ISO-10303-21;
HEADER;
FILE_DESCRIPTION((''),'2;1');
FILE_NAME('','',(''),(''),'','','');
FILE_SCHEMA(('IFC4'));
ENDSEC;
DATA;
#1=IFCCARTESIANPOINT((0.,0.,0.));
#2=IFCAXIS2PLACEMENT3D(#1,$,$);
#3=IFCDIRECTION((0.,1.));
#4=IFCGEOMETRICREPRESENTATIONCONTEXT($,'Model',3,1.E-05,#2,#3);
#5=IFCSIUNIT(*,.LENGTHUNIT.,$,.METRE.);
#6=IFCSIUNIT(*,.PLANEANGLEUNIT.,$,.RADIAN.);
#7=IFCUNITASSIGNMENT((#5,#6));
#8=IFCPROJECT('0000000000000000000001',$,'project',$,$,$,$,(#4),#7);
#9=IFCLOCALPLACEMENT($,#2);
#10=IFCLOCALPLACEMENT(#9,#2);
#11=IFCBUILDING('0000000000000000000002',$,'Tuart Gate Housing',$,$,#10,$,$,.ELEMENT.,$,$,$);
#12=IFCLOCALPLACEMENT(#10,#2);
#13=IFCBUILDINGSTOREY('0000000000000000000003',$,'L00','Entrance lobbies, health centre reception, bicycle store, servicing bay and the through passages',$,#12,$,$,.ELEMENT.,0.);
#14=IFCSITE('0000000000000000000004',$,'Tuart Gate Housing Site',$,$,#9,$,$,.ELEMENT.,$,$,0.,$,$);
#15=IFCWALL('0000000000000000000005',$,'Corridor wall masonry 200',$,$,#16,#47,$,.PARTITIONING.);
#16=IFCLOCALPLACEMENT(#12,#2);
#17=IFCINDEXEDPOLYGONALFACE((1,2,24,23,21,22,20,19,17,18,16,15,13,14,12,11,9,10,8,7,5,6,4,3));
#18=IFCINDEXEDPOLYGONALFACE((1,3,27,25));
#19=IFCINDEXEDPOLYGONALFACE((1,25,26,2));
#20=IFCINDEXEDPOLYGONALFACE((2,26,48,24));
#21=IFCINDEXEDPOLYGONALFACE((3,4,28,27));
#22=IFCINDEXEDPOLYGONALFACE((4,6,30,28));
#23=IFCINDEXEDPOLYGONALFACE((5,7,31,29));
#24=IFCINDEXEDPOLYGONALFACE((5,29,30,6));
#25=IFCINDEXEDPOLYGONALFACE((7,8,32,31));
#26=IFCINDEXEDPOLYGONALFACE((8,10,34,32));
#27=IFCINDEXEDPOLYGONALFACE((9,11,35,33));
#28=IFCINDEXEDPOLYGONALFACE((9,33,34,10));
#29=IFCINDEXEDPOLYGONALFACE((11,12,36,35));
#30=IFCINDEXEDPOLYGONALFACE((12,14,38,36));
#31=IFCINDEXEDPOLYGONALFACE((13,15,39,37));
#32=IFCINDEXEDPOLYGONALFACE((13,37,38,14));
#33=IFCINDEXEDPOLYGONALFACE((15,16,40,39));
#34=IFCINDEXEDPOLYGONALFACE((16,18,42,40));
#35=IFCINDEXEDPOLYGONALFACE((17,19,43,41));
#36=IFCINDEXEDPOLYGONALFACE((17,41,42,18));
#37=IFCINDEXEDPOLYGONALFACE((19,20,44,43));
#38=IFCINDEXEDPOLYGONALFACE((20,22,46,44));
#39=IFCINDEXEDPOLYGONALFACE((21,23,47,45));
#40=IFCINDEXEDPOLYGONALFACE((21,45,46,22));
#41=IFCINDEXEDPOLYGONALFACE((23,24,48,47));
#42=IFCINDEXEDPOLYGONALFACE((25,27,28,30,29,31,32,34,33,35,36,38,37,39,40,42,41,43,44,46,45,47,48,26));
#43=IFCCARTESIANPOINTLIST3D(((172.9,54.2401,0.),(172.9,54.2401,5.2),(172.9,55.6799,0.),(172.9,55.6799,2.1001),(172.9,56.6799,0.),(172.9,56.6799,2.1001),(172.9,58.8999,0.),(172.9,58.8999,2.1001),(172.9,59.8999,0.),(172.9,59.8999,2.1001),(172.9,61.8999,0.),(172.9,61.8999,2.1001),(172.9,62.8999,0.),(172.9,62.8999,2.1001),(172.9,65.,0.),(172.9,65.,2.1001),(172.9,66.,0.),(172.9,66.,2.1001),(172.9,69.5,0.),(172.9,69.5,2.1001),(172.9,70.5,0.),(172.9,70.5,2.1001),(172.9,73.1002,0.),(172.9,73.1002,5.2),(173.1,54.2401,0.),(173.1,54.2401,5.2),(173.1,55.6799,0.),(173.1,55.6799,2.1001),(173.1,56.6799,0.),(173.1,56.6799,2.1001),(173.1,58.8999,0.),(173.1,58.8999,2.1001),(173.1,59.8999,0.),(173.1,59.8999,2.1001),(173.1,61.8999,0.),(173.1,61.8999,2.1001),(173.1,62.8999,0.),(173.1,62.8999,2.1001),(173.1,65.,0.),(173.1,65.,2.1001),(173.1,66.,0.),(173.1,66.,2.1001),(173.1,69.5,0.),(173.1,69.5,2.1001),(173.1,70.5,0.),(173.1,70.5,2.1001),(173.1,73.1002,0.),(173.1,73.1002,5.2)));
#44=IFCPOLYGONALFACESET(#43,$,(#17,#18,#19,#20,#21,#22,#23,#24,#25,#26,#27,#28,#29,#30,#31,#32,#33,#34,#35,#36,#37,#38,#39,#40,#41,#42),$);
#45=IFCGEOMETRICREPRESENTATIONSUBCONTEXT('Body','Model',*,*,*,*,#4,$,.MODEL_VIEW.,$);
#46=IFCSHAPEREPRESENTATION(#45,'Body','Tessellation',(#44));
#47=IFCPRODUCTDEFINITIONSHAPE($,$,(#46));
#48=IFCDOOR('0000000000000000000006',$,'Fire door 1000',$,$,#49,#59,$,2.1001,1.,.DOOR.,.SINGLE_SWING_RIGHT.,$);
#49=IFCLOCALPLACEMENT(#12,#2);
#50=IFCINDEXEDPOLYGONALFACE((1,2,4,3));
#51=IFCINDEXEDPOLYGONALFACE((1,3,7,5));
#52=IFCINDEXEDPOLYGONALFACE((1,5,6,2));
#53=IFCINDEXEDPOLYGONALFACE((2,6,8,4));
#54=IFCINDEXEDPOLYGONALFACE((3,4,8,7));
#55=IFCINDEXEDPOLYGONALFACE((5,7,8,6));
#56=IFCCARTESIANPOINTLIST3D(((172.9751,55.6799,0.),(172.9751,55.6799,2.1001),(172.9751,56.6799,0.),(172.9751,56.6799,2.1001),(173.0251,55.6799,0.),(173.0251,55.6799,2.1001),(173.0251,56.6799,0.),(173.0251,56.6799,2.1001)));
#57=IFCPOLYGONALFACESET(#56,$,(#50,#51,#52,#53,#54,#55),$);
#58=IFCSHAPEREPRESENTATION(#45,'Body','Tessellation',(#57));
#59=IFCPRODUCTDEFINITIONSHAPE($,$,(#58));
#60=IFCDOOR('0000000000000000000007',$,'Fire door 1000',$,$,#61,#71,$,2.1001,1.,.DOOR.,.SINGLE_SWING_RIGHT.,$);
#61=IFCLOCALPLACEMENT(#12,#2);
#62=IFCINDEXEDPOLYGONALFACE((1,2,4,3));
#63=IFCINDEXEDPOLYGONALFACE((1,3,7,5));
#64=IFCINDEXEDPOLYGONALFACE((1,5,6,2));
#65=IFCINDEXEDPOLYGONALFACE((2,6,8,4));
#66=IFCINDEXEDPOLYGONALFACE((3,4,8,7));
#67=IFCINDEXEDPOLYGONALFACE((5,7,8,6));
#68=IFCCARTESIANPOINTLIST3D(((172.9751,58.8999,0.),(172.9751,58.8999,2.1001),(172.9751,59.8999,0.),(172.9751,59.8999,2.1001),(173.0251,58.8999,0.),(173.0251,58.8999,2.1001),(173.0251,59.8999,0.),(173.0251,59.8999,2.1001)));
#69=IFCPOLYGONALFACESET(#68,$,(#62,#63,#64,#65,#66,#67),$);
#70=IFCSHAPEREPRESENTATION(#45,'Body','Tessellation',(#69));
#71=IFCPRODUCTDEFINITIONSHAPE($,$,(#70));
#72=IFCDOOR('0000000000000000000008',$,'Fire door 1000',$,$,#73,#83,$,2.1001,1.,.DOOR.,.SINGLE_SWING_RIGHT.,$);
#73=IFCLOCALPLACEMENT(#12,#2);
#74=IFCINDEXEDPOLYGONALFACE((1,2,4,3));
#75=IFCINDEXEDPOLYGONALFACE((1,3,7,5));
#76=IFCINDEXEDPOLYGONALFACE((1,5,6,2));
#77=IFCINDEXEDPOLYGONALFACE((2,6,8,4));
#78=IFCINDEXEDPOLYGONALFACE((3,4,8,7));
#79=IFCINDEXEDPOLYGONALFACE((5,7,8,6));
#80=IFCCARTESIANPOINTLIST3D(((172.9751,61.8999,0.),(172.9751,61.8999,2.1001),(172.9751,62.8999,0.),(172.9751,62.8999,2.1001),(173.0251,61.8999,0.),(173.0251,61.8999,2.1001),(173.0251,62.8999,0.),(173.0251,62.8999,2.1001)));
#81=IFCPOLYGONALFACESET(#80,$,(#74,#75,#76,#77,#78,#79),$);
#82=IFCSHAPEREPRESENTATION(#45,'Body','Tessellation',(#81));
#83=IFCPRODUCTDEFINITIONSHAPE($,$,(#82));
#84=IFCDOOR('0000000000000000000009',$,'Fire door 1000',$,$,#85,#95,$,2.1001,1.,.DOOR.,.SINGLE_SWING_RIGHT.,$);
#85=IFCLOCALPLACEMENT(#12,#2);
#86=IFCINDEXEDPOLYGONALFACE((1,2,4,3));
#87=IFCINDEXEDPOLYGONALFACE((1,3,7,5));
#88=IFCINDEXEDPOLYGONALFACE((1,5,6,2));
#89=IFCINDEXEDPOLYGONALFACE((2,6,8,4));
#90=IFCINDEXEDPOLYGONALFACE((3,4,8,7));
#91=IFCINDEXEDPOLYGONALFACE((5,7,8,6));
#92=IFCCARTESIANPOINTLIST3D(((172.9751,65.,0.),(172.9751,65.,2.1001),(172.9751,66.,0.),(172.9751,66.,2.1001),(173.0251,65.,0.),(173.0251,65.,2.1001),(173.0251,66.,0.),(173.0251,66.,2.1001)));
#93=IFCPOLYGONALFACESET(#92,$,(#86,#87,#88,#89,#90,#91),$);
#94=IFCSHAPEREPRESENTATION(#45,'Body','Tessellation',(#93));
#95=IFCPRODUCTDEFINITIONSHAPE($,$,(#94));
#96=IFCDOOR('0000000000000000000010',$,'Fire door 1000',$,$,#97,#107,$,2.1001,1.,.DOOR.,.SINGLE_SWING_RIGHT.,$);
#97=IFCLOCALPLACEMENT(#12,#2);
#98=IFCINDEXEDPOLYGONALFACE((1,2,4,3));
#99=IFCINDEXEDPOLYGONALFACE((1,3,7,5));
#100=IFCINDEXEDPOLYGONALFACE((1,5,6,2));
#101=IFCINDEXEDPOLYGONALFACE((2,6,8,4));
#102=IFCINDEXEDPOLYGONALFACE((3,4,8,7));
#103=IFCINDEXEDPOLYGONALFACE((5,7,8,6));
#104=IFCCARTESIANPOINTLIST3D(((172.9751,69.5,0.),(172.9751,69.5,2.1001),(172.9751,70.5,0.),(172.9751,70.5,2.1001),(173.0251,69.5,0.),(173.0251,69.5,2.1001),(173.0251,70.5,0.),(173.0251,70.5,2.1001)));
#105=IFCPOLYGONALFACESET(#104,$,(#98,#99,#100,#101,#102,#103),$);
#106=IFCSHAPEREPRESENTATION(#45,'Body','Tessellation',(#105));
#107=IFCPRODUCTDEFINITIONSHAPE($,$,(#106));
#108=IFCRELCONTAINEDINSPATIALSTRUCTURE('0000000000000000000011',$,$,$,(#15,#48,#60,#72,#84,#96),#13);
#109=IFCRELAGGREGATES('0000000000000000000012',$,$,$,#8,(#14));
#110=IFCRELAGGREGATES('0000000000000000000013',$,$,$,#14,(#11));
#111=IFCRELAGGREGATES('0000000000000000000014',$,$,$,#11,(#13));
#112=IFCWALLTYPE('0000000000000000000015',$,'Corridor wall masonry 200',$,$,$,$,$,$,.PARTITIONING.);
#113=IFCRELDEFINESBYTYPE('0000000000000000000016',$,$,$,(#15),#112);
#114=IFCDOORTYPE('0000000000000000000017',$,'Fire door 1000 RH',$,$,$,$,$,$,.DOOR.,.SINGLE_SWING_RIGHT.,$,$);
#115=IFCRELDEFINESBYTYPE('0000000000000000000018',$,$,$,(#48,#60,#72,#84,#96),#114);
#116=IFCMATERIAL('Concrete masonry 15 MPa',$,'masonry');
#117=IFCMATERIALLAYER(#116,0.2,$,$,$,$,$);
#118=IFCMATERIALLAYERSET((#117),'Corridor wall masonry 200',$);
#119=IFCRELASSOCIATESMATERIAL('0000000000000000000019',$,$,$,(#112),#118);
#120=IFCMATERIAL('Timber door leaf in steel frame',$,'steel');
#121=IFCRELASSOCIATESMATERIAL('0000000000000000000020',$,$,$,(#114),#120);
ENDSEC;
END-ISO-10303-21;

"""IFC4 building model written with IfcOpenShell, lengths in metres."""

from ifc_helpers import new_model, si_unit, direction, frame, frame_2d, origin, place, context, subcontext, project, spatial, rectangle, extrude, material, layer, layer_set, type_object, element, fill, save


model = new_model("IFC4")

# Units and contexts
model_context = context("Model", 3, precision=1e-05, world=origin(), true_north=direction((0.0, 1.0)))
body_context = subcontext(model_context, "Body", "Model", "MODEL_VIEW")
ifc_project = project(units=[si_unit("LENGTHUNIT", "METRE"), si_unit("PLANEANGLEUNIT", "RADIAN")], contexts=[model_context])

# Site, building, storey
site_placement = place(None, origin())
site = spatial("IfcSite", under=ifc_project, at=site_placement, Name="Tuart Gate Housing Site", CompositionType="ELEMENT", RefElevation=0.0)
building_placement = place(site_placement, origin())
building = spatial("IfcBuilding", under=site, at=building_placement, Name="Tuart Gate Housing", CompositionType="ELEMENT")
storey_placement = place(building_placement, origin())
storey = spatial("IfcBuildingStorey", under=building, at=storey_placement, Name="L00", Description="Entrance lobbies, health centre reception, bicycle store, servicing bay and the through passages", CompositionType="ELEMENT", Elevation=0.0)

# Shared definitions
ifc_material_1 = material(Name="Concrete masonry 15 MPa", Category="masonry")
ifc_layer_1 = layer(ifc_material_1, 0.2)
ifc_layer_set_1 = layer_set([ifc_layer_1], Name="Corridor wall masonry 200")
wall_type_1 = type_object("IfcWallType", Name="Corridor wall masonry 200", PredefinedType="PARTITIONING", material=ifc_layer_set_1)
ifc_material_2 = material(Name="Timber door leaf in steel frame", Category="steel")
door_type = type_object("IfcDoorType", Name="Fire door 1000 RH", OperationType="SINGLE_SWING_RIGHT", PredefinedType="DOOR", material=ifc_material_2)

# Wall, openings, doors
wall_1_placement = place(storey_placement, frame((173.0, 54.24, 0.0), z_axis=(0.0, 0.0, 1.0), x_axis=(0.0, 1.0, 0.0)))
wall_1 = element("IfcWall", 1, at=wall_1_placement, inside=storey, type_object=wall_type_1, Name="Corridor wall masonry 200", PredefinedType="PARTITIONING", context=body_context, shape_type="SweptSolid", body=[
    extrude(rectangle(XDim=18.8601, YDim=0.2, at=frame_2d((9.4302, 0.0))), origin(), (0.0, 0.0, 1.0), 5.2),
])
opening_1_placement = place(wall_1_placement, frame((1.4399, 0.0, 0.0)))
opening_1 = element("IfcOpeningElement", 2, at=opening_1_placement, cuts=wall_1, PredefinedType="OPENING", context=body_context, shape_type="SweptSolid", body=[
    extrude(rectangle(XDim=1.0, YDim=2.1001, at=frame_2d((0.5, 1.05))), frame((0.0, 0.1099, 0.0), z_axis=(0.0, -1.0, 0.0), x_axis=(1.0, 0.0, 0.0)), (0.0, 0.0, 1.0), 0.22),
])
opening_2_placement = place(wall_1_placement, frame((4.6599, 0.0, 0.0)))
opening_2 = element("IfcOpeningElement", 3, at=opening_2_placement, cuts=wall_1, PredefinedType="OPENING", context=body_context, shape_type="SweptSolid", body=[
    extrude(rectangle(XDim=1.0, YDim=2.1001, at=frame_2d((0.5, 1.05))), frame((0.0, 0.1099, 0.0), z_axis=(0.0, -1.0, 0.0), x_axis=(1.0, 0.0, 0.0)), (0.0, 0.0, 1.0), 0.22),
])
opening_3_placement = place(wall_1_placement, frame((7.6599, 0.0, 0.0)))
opening_3 = element("IfcOpeningElement", 4, at=opening_3_placement, cuts=wall_1, PredefinedType="OPENING", context=body_context, shape_type="SweptSolid", body=[
    extrude(rectangle(XDim=1.0, YDim=2.1001, at=frame_2d((0.5, 1.05))), frame((0.0, 0.1099, 0.0), z_axis=(0.0, -1.0, 0.0), x_axis=(1.0, 0.0, 0.0)), (0.0, 0.0, 1.0), 0.22),
])
opening_4_placement = place(wall_1_placement, frame((10.76, 0.0, 0.0)))
opening_4 = element("IfcOpeningElement", 5, at=opening_4_placement, cuts=wall_1, PredefinedType="OPENING", context=body_context, shape_type="SweptSolid", body=[
    extrude(rectangle(XDim=1.0, YDim=2.1001, at=frame_2d((0.5, 1.05))), frame((0.0, 0.1099, 0.0), z_axis=(0.0, -1.0, 0.0), x_axis=(1.0, 0.0, 0.0)), (0.0, 0.0, 1.0), 0.22),
])
opening_5_placement = place(wall_1_placement, frame((15.26, 0.0, 0.0)))
opening_5 = element("IfcOpeningElement", 6, at=opening_5_placement, cuts=wall_1, PredefinedType="OPENING", context=body_context, shape_type="SweptSolid", body=[
    extrude(rectangle(XDim=1.0, YDim=2.1001, at=frame_2d((0.5, 1.05))), frame((0.0, 0.1099, 0.0), z_axis=(0.0, -1.0, 0.0), x_axis=(1.0, 0.0, 0.0)), (0.0, 0.0, 1.0), 0.22),
])
door_1_placement = place(opening_1_placement, frame((1.0, 0.0, 0.0), z_axis=(0.0, 0.0, 1.0), x_axis=(-1.0, 0.0, 0.0)))
door_1 = element("IfcDoor", 7, at=door_1_placement, inside=storey, type_object=door_type, Name="Fire door 1000", OperationType="SINGLE_SWING_RIGHT", OverallHeight=2.1001, OverallWidth=1.0, PredefinedType="DOOR", context=body_context, shape_type="SweptSolid", body=[
    extrude(rectangle(XDim=1.0, YDim=2.1001, at=frame_2d((0.5, 1.05))), frame((0.0, 0.0251, 0.0), z_axis=(0.0, -1.0, 0.0), x_axis=(1.0, 0.0, 0.0)), (0.0, 0.0, 1.0), 0.05),
])
fill(opening_1, door_1)
door_2_placement = place(opening_2_placement, frame((1.0, 0.0, 0.0), z_axis=(0.0, 0.0, 1.0), x_axis=(-1.0, 0.0, 0.0)))
door_2 = element("IfcDoor", 8, at=door_2_placement, inside=storey, type_object=door_type, Name="Fire door 1000", OperationType="SINGLE_SWING_RIGHT", OverallHeight=2.1001, OverallWidth=1.0, PredefinedType="DOOR", context=body_context, shape_type="SweptSolid", body=[
    extrude(rectangle(XDim=1.0, YDim=2.1001, at=frame_2d((0.5, 1.05))), frame((0.0, 0.0251, 0.0), z_axis=(0.0, -1.0, 0.0), x_axis=(1.0, 0.0, 0.0)), (0.0, 0.0, 1.0), 0.05),
])
fill(opening_2, door_2)
door_3_placement = place(opening_3_placement, frame((1.0, 0.0, 0.0), z_axis=(0.0, 0.0, 1.0), x_axis=(-1.0, 0.0, 0.0)))
door_3 = element("IfcDoor", 9, at=door_3_placement, inside=storey, type_object=door_type, Name="Fire door 1000", OperationType="SINGLE_SWING_RIGHT", OverallHeight=2.1001, OverallWidth=1.0, PredefinedType="DOOR", context=body_context, shape_type="SweptSolid", body=[
    extrude(rectangle(XDim=1.0, YDim=2.1001, at=frame_2d((0.5, 1.05))), frame((0.0, 0.0251, 0.0), z_axis=(0.0, -1.0, 0.0), x_axis=(1.0, 0.0, 0.0)), (0.0, 0.0, 1.0), 0.05),
])
fill(opening_3, door_3)
door_4_placement = place(opening_4_placement, frame((1.0, 0.0, 0.0), z_axis=(0.0, 0.0, 1.0), x_axis=(-1.0, 0.0, 0.0)))
door_4 = element("IfcDoor", 10, at=door_4_placement, inside=storey, type_object=door_type, Name="Fire door 1000", OperationType="SINGLE_SWING_RIGHT", OverallHeight=2.1001, OverallWidth=1.0, PredefinedType="DOOR", context=body_context, shape_type="SweptSolid", body=[
    extrude(rectangle(XDim=1.0, YDim=2.1001, at=frame_2d((0.5, 1.05))), frame((0.0, 0.0251, 0.0), z_axis=(0.0, -1.0, 0.0), x_axis=(1.0, 0.0, 0.0)), (0.0, 0.0, 1.0), 0.05),
])
fill(opening_4, door_4)
door_5_placement = place(opening_5_placement, frame((1.0, 0.0, 0.0), z_axis=(0.0, 0.0, 1.0), x_axis=(-1.0, 0.0, 0.0)))
door_5 = element("IfcDoor", 11, at=door_5_placement, inside=storey, type_object=door_type, Name="Fire door 1000", OperationType="SINGLE_SWING_RIGHT", OverallHeight=2.1001, OverallWidth=1.0, PredefinedType="DOOR", context=body_context, shape_type="SweptSolid", body=[
    extrude(rectangle(XDim=1.0, YDim=2.1001, at=frame_2d((0.5, 1.05))), frame((0.0, 0.0251, 0.0), z_axis=(0.0, -1.0, 0.0), x_axis=(1.0, 0.0, 0.0)), (0.0, 0.0, 1.0), 0.05),
])
fill(opening_5, door_5)

save(model, "model.ifc")
